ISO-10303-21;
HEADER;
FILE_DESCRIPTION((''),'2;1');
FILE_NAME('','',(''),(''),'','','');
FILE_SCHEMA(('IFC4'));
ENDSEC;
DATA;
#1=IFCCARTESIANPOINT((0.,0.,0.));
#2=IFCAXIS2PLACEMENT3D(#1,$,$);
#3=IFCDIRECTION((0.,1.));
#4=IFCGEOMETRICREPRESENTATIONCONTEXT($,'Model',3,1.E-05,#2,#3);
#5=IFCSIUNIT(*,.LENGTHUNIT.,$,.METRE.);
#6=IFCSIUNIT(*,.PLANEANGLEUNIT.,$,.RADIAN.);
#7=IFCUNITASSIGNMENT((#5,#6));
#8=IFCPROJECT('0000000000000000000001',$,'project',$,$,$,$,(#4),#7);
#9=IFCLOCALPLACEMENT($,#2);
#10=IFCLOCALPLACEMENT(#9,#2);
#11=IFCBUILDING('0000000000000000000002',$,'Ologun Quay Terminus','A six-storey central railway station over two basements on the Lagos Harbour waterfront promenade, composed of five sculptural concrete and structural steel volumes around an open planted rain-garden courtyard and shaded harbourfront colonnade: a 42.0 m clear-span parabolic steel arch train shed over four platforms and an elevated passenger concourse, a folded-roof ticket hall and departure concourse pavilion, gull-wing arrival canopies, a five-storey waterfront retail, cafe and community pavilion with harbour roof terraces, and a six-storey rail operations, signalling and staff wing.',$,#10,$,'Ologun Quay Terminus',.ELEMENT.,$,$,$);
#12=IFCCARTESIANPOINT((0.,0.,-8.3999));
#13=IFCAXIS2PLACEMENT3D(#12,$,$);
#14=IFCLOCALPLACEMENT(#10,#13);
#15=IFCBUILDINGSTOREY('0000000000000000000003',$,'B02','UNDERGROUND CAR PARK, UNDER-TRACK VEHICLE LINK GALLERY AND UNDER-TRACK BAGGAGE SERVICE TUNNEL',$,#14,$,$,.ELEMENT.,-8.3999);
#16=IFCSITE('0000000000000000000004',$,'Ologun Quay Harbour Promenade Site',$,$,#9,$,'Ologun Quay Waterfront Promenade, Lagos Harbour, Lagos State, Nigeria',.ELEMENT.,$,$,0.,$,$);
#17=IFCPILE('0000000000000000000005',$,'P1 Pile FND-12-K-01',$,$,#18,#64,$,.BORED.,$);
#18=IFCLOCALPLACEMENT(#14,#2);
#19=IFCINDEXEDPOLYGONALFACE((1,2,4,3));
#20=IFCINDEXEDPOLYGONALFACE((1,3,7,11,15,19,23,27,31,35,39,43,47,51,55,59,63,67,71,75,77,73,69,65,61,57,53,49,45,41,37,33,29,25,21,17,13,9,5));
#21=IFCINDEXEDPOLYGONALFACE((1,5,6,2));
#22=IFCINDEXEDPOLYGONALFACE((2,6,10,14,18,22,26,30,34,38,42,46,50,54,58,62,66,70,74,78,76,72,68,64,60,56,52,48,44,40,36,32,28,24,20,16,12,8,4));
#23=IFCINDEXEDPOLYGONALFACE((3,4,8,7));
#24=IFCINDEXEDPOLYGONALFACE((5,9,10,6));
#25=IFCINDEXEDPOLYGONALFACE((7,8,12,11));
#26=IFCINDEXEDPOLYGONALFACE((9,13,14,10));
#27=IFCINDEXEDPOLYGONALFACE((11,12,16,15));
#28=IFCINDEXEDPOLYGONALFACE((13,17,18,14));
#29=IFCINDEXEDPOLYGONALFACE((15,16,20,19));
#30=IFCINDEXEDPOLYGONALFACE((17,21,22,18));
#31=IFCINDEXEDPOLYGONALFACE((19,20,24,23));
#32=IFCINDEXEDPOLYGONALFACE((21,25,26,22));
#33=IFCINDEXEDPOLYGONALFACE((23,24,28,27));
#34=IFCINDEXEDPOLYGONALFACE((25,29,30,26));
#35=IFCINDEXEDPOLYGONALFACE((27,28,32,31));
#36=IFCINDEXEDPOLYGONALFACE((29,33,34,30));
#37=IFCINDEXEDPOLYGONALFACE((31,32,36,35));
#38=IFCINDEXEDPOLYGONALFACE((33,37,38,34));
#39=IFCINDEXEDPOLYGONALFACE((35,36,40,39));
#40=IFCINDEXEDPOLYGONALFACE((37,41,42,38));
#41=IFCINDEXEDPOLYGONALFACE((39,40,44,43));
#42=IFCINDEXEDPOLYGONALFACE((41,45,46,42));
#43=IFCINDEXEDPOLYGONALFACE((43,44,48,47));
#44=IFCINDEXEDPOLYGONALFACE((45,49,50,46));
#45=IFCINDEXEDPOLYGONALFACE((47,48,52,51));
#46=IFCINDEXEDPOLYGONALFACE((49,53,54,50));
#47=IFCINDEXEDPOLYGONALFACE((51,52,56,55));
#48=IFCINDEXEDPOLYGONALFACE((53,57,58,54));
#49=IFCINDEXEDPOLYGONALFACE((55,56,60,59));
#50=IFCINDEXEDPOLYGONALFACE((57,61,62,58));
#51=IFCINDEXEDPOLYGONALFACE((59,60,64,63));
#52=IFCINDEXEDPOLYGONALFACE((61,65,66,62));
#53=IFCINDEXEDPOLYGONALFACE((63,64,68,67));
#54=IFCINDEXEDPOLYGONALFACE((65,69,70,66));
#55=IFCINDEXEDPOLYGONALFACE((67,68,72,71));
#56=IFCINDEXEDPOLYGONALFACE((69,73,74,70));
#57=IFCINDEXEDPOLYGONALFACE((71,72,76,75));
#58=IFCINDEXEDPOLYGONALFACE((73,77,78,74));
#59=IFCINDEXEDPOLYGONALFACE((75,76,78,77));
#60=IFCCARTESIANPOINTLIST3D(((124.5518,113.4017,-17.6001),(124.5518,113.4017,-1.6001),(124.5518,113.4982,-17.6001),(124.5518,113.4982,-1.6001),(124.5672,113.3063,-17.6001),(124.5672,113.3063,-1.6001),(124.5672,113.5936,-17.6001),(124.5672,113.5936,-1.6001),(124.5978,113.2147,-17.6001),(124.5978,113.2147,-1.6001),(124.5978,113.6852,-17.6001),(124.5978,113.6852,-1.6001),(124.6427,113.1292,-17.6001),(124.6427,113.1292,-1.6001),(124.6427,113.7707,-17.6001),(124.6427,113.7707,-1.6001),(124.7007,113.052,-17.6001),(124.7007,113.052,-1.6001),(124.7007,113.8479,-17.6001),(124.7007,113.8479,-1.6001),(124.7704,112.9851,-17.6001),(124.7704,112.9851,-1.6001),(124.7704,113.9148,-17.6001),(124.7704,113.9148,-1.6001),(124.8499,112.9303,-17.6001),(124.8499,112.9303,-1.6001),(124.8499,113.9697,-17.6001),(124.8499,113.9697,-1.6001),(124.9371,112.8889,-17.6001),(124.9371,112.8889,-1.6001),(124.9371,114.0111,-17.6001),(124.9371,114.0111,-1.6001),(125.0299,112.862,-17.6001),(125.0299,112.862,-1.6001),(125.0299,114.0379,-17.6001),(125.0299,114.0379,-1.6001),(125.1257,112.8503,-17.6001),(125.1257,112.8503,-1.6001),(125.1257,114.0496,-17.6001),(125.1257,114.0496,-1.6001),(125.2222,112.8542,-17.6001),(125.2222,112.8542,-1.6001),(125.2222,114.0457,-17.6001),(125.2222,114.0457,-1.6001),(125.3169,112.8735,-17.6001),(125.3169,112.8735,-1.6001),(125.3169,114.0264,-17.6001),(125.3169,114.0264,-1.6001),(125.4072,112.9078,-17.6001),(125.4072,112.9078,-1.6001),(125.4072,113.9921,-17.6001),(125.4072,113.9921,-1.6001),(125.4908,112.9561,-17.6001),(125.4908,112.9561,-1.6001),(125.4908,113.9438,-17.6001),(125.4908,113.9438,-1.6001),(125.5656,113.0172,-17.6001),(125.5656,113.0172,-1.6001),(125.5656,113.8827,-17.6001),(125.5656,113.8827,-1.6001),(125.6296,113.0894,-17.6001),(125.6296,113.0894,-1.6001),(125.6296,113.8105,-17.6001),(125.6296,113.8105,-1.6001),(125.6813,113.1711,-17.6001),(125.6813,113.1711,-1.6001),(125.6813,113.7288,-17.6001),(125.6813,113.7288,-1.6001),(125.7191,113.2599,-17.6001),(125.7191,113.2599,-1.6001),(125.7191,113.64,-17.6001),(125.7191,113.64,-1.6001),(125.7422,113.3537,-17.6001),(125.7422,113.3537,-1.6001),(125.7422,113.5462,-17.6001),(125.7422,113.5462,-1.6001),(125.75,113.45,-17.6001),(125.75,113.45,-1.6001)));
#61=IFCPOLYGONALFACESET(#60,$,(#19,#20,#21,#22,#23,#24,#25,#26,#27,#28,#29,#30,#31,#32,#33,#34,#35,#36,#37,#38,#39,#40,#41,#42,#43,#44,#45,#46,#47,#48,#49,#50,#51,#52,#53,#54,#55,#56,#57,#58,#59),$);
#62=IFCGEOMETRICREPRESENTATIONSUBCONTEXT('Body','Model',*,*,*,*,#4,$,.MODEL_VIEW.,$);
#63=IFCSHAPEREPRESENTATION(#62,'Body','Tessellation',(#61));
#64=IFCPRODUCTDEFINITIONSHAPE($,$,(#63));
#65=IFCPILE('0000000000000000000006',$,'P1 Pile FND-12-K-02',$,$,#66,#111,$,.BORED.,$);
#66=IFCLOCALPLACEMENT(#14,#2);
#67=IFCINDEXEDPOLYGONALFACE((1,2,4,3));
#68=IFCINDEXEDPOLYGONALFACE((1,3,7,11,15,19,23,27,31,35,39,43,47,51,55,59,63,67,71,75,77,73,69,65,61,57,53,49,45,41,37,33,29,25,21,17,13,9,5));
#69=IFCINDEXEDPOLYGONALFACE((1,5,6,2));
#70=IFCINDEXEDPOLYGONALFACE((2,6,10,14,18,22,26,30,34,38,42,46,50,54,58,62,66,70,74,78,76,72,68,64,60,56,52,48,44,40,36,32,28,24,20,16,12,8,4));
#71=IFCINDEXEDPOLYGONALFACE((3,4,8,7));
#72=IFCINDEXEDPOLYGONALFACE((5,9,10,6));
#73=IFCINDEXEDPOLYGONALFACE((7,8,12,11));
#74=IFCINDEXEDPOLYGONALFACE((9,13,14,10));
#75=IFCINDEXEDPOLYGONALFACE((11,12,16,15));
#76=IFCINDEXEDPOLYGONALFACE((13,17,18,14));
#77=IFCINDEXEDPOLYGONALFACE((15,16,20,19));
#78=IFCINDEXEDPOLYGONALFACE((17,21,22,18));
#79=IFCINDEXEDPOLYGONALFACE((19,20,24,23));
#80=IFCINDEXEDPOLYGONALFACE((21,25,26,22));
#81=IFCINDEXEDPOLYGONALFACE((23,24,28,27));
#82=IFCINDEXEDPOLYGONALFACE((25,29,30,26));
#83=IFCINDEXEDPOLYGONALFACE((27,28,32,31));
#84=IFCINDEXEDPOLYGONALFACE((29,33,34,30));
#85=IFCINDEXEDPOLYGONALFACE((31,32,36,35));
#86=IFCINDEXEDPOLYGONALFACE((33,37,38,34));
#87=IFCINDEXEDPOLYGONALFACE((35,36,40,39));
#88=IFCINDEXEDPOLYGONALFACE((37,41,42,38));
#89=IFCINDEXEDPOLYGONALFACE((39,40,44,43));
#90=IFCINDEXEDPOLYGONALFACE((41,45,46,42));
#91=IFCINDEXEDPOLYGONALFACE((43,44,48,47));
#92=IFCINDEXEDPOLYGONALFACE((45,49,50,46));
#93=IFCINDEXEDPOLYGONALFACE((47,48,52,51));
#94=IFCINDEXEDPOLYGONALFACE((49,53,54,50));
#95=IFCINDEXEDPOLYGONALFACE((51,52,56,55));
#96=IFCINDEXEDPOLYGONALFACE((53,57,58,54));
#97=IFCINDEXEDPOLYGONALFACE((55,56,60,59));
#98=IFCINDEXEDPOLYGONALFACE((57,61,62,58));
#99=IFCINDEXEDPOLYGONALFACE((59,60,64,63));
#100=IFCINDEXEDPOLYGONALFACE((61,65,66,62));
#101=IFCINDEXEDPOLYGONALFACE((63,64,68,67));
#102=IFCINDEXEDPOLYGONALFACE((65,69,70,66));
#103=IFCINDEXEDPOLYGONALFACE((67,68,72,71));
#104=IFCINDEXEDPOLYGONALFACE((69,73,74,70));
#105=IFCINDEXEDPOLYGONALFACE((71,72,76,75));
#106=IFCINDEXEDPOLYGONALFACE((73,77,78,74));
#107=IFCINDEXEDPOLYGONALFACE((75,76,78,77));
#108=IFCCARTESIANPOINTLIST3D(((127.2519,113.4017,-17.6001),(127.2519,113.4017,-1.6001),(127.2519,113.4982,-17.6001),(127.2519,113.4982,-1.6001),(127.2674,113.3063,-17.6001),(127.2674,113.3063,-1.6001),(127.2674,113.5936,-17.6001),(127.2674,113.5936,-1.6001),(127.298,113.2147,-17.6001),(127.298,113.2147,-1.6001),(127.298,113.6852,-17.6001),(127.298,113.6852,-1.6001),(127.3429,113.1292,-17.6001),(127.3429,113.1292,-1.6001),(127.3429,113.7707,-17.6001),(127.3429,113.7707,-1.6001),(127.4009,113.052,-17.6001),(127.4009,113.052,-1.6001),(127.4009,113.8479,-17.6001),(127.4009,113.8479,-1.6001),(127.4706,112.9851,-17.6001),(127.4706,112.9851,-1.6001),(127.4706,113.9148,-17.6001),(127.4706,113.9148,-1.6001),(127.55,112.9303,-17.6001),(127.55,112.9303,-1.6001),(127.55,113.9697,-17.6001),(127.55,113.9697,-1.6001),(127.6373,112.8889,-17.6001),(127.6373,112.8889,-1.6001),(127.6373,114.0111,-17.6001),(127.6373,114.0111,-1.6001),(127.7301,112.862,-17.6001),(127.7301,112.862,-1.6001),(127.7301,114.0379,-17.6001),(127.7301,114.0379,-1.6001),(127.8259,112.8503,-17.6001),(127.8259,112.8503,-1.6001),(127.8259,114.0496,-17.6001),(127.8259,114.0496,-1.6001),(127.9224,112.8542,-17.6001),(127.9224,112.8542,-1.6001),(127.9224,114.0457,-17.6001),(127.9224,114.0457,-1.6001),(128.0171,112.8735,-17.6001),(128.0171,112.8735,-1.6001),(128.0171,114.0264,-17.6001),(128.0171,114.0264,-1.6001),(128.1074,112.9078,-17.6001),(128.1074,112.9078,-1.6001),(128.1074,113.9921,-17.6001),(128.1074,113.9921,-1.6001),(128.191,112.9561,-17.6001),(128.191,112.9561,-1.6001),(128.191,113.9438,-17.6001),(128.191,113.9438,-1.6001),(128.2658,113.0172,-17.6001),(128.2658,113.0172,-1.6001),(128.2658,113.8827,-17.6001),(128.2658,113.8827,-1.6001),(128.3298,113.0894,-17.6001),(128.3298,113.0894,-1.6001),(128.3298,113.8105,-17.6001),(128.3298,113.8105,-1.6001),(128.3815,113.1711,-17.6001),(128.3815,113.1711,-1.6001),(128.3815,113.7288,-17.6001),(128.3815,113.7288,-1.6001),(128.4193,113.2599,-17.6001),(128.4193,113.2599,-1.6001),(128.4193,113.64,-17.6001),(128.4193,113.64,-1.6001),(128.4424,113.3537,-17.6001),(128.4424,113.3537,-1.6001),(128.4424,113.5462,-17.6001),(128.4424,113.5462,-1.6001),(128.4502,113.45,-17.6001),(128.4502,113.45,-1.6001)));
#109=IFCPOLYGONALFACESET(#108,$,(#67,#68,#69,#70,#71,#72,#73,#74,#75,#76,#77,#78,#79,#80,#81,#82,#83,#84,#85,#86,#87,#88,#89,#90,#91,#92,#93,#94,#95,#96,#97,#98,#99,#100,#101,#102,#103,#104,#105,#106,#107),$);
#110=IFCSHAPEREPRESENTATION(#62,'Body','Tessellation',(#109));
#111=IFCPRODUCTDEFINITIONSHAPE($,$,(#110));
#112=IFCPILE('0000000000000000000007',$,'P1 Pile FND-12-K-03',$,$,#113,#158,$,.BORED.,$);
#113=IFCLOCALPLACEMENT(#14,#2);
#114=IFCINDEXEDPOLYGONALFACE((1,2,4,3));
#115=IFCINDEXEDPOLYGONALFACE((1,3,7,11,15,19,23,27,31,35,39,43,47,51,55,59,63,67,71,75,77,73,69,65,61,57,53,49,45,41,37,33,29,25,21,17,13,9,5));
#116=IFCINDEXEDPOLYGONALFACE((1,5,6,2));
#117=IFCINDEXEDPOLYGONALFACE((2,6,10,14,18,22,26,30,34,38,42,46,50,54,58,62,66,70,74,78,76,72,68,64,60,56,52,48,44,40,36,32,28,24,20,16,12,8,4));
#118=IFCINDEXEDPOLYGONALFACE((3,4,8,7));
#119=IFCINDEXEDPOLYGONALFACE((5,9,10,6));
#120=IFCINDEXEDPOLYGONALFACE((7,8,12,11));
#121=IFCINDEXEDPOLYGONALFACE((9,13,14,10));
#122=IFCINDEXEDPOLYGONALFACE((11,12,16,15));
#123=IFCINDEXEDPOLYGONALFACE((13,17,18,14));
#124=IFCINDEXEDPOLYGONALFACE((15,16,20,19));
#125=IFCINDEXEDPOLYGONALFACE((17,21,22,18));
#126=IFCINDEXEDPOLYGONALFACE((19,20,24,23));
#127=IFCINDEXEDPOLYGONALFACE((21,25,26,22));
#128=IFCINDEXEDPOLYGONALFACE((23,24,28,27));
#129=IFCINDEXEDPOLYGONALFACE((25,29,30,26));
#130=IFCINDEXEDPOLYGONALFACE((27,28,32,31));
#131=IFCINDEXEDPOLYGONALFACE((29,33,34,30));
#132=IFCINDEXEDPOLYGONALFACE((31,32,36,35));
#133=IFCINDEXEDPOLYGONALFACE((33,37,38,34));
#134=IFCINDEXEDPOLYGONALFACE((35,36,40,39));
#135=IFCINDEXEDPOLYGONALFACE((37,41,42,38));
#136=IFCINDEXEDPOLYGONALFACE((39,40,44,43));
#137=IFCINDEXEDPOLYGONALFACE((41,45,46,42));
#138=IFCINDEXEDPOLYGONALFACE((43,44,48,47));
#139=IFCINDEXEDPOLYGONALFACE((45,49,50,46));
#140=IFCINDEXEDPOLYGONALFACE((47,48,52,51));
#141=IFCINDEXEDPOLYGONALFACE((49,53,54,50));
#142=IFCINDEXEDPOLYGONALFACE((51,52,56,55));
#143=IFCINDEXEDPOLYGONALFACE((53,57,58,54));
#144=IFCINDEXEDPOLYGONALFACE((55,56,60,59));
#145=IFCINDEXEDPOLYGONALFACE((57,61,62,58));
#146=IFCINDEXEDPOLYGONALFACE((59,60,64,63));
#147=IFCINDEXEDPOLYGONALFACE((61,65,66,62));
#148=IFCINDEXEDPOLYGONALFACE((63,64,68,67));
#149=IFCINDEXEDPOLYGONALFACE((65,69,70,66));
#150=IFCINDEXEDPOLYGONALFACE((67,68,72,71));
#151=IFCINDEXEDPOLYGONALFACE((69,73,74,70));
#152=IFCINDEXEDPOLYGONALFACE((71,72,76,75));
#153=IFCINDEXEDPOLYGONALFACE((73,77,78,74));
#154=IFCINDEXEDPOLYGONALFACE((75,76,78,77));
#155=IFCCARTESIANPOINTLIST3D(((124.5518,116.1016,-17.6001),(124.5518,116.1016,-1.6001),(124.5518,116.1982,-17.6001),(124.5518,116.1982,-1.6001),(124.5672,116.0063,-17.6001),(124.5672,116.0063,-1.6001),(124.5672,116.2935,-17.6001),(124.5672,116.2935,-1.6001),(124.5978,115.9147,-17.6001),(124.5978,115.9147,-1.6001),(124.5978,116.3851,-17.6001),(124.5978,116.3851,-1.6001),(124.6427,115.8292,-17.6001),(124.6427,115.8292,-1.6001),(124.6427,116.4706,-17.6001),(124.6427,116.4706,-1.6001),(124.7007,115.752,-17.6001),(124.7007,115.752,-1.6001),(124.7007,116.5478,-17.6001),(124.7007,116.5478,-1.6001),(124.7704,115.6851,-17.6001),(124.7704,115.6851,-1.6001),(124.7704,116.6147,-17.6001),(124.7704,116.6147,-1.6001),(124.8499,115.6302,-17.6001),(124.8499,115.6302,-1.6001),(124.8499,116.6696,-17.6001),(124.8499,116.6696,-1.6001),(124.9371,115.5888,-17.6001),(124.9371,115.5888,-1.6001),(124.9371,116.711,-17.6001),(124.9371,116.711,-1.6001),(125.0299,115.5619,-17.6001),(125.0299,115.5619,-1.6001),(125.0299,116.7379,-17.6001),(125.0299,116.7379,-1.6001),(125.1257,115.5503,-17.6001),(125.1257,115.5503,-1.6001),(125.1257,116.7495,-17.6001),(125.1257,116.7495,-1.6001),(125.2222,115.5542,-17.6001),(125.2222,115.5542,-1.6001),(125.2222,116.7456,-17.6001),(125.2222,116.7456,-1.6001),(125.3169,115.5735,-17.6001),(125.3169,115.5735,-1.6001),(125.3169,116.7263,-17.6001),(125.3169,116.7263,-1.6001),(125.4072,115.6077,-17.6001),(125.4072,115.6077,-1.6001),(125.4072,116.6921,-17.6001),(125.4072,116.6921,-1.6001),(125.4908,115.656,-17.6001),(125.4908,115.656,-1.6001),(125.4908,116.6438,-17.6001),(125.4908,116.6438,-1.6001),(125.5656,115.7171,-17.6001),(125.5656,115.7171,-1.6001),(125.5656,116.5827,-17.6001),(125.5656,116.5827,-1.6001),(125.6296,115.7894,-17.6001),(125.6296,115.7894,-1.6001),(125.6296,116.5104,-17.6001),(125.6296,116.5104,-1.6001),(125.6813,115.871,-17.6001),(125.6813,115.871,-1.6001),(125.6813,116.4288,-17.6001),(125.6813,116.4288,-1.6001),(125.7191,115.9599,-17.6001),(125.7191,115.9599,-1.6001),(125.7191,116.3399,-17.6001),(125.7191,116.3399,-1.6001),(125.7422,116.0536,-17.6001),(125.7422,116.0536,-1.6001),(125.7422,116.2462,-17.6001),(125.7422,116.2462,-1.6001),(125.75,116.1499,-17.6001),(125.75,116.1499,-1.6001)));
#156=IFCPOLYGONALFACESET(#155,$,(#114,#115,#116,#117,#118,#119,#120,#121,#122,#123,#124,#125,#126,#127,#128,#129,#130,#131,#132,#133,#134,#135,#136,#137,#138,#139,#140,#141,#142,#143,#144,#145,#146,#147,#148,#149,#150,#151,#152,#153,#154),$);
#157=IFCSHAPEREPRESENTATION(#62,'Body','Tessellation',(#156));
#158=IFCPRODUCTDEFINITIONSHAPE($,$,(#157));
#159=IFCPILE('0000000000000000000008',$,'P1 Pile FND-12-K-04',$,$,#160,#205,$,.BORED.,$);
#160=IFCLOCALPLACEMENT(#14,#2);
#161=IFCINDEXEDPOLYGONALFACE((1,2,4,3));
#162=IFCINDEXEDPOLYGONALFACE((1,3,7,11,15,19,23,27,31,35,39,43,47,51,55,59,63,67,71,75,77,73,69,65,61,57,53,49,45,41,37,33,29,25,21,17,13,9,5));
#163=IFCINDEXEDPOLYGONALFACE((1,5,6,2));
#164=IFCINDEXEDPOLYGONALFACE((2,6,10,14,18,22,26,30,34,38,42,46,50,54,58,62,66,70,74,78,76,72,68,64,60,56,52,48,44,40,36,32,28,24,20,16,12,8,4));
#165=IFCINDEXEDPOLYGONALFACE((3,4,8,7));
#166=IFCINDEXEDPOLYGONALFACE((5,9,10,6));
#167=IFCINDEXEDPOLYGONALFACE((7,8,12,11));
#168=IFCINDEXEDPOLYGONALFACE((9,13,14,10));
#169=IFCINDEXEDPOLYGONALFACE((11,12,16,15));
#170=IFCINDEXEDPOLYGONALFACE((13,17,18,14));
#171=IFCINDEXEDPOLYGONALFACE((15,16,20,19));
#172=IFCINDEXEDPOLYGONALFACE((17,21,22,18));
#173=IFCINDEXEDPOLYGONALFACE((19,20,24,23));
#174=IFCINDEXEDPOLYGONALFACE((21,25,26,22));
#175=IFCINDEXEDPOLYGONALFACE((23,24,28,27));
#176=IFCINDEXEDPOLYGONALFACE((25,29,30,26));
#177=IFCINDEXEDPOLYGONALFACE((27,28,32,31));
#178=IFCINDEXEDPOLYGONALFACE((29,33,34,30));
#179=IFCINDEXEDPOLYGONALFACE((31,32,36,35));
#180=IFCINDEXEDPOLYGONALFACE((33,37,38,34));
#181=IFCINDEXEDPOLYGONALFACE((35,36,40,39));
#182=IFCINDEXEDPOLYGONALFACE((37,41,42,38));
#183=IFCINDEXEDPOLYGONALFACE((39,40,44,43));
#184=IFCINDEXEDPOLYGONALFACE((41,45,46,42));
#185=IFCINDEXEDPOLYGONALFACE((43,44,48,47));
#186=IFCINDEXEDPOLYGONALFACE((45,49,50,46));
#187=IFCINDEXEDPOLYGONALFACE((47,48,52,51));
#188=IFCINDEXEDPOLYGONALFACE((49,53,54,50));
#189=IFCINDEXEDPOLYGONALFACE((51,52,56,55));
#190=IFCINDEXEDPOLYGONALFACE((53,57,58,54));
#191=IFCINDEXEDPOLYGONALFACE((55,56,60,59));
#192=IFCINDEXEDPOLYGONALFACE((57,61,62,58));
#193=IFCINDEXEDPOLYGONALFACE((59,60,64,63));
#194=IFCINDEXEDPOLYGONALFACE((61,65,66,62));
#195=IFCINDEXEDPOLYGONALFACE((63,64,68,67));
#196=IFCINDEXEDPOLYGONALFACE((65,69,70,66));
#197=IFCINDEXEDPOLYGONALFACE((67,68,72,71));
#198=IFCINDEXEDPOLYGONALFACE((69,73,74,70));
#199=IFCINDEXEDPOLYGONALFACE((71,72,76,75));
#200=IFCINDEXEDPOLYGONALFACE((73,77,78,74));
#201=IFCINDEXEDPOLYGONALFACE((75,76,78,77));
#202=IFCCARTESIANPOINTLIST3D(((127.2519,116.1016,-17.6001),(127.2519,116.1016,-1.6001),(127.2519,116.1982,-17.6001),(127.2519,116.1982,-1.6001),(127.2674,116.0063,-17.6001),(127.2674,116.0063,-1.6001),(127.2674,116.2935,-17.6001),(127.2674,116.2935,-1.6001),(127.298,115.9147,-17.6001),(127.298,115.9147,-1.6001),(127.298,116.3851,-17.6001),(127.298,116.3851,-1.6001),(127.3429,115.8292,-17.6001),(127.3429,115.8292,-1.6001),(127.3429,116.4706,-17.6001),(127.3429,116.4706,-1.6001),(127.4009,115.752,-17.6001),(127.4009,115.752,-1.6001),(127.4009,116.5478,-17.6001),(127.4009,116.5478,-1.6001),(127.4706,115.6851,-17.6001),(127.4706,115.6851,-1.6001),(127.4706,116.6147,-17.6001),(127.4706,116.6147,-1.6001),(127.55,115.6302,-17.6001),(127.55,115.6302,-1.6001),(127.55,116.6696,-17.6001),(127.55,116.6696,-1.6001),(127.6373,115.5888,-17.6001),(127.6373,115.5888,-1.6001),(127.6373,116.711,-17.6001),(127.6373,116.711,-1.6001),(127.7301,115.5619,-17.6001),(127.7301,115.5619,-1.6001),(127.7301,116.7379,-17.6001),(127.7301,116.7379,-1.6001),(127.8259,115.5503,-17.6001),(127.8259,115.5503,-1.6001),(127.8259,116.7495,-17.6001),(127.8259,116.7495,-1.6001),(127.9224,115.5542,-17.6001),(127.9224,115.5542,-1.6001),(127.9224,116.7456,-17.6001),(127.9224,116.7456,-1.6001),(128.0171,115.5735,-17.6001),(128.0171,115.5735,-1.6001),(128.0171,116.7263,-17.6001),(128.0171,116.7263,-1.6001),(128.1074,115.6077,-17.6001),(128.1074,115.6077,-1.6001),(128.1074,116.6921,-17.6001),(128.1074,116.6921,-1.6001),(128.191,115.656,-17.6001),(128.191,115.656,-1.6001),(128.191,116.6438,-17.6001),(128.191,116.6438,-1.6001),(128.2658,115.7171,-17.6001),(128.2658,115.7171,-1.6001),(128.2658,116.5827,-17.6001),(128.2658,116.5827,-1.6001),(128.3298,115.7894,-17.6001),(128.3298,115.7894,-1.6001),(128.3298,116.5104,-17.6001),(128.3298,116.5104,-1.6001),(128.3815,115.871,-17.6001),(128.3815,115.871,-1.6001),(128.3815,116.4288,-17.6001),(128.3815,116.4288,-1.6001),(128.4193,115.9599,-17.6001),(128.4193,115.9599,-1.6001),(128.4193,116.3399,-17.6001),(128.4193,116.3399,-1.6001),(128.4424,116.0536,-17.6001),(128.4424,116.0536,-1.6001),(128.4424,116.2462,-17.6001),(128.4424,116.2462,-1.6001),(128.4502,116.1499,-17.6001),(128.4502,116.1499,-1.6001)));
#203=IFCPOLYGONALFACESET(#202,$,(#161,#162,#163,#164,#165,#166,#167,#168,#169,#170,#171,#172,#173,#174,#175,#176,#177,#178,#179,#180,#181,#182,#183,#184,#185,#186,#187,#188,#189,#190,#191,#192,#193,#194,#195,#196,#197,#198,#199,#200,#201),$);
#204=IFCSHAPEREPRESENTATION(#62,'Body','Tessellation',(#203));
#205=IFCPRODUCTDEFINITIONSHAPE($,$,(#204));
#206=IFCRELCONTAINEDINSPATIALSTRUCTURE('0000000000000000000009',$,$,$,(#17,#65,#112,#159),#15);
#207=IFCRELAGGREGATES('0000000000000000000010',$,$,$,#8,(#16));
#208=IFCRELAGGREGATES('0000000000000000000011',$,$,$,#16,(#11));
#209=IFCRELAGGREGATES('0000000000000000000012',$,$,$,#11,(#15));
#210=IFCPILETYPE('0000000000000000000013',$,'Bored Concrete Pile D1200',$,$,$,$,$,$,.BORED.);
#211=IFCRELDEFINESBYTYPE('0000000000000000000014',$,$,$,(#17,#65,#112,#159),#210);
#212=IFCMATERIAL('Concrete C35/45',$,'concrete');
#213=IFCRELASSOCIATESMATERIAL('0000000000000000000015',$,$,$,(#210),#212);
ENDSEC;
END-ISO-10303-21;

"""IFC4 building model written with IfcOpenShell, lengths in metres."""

from ifc_helpers import new_model, si_unit, direction, frame, origin, origin_2d, place, context, subcontext, project, spatial, circle, extrude, material, material_profile, profile_set, type_object, element, save


model = new_model("IFC4")

# Units and contexts
model_context = context("Model", 3, precision=1e-05, world=origin(), true_north=direction((0.0, 1.0)))
body_context = subcontext(model_context, "Body", "Model", "MODEL_VIEW")
ifc_project = project(units=[si_unit("LENGTHUNIT", "METRE"), si_unit("PLANEANGLEUNIT", "RADIAN")], contexts=[model_context])

# Site, building, storey
site_placement = place(None, origin())
site = spatial("IfcSite", under=ifc_project, at=site_placement, Name="Ologun Quay Harbour Promenade Site", LongName="Ologun Quay Waterfront Promenade, Lagos Harbour, Lagos State, Nigeria", CompositionType="ELEMENT", RefElevation=0.0)
building_placement = place(site_placement, origin())
building = spatial("IfcBuilding", under=site, at=building_placement, Name="Ologun Quay Terminus", Description="A six-storey central railway station over two basements on the Lagos Harbour waterfront promenade, composed of five sculptural concrete and structural steel volumes around an open planted rain-garden courtyard and shaded harbourfront colonnade: a 42.0 m clear-span parabolic steel arch train shed over four platforms and an elevated passenger concourse, a folded-roof ticket hall and departure concourse pavilion, gull-wing arrival canopies, a five-storey waterfront retail, cafe and community pavilion with harbour roof terraces, and a six-storey rail operations, signalling and staff wing.", LongName="Ologun Quay Terminus", CompositionType="ELEMENT")
storey_placement = place(building_placement, frame((0.0, 0.0, -8.3999)))
storey = spatial("IfcBuildingStorey", under=building, at=storey_placement, Name="B02", Description="UNDERGROUND CAR PARK, UNDER-TRACK VEHICLE LINK GALLERY AND UNDER-TRACK BAGGAGE SERVICE TUNNEL", CompositionType="ELEMENT", Elevation=-8.3999)

# Piles
ifc_material_1 = material(Name="Concrete C35/45", Category="concrete")
ifc_material_profile_1 = material_profile(ifc_material_1, circle(Radius=0.6001, at=origin_2d()), Name="PILE D1200")
ifc_profile_set_1 = profile_set([ifc_material_profile_1], Name="Concrete C35/45")
pile_type_1 = type_object("IfcPileType", Name="Bored Concrete Pile D1200", PredefinedType="BORED", material=ifc_profile_set_1)
for number, where, z_axis, x_axis, name in (
    (1, (125.1499, 113.45, -1.6001), (0.0, 0.0, -1.0), (1.0, 0.0, 0.0), "P1 Pile FND-12-K-01"),
    (2, (127.8501, 113.45, -1.6001), (0.0, 0.0, -1.0), (1.0, 0.0, 0.0), "P1 Pile FND-12-K-02"),
    (3, (125.1499, 116.1499, -1.6001), (0.0, 0.0, -1.0), (1.0, 0.0, 0.0), "P1 Pile FND-12-K-03"),
    (4, (127.8501, 116.1499, -1.6001), (0.0, 0.0, -1.0), (1.0, 0.0, 0.0), "P1 Pile FND-12-K-04"),
):
    element("IfcPile", number, at=place(storey_placement, frame(where, z_axis=z_axis, x_axis=x_axis)), inside=storey, type_object=pile_type_1, Name=name, PredefinedType="BORED", context=body_context, shape_type="SweptSolid", body=[
        extrude(circle(Radius=0.6001, at=origin_2d()), origin(), (0.0, 0.0, 1.0), 16.0),
    ])

save(model, "model.ifc")
